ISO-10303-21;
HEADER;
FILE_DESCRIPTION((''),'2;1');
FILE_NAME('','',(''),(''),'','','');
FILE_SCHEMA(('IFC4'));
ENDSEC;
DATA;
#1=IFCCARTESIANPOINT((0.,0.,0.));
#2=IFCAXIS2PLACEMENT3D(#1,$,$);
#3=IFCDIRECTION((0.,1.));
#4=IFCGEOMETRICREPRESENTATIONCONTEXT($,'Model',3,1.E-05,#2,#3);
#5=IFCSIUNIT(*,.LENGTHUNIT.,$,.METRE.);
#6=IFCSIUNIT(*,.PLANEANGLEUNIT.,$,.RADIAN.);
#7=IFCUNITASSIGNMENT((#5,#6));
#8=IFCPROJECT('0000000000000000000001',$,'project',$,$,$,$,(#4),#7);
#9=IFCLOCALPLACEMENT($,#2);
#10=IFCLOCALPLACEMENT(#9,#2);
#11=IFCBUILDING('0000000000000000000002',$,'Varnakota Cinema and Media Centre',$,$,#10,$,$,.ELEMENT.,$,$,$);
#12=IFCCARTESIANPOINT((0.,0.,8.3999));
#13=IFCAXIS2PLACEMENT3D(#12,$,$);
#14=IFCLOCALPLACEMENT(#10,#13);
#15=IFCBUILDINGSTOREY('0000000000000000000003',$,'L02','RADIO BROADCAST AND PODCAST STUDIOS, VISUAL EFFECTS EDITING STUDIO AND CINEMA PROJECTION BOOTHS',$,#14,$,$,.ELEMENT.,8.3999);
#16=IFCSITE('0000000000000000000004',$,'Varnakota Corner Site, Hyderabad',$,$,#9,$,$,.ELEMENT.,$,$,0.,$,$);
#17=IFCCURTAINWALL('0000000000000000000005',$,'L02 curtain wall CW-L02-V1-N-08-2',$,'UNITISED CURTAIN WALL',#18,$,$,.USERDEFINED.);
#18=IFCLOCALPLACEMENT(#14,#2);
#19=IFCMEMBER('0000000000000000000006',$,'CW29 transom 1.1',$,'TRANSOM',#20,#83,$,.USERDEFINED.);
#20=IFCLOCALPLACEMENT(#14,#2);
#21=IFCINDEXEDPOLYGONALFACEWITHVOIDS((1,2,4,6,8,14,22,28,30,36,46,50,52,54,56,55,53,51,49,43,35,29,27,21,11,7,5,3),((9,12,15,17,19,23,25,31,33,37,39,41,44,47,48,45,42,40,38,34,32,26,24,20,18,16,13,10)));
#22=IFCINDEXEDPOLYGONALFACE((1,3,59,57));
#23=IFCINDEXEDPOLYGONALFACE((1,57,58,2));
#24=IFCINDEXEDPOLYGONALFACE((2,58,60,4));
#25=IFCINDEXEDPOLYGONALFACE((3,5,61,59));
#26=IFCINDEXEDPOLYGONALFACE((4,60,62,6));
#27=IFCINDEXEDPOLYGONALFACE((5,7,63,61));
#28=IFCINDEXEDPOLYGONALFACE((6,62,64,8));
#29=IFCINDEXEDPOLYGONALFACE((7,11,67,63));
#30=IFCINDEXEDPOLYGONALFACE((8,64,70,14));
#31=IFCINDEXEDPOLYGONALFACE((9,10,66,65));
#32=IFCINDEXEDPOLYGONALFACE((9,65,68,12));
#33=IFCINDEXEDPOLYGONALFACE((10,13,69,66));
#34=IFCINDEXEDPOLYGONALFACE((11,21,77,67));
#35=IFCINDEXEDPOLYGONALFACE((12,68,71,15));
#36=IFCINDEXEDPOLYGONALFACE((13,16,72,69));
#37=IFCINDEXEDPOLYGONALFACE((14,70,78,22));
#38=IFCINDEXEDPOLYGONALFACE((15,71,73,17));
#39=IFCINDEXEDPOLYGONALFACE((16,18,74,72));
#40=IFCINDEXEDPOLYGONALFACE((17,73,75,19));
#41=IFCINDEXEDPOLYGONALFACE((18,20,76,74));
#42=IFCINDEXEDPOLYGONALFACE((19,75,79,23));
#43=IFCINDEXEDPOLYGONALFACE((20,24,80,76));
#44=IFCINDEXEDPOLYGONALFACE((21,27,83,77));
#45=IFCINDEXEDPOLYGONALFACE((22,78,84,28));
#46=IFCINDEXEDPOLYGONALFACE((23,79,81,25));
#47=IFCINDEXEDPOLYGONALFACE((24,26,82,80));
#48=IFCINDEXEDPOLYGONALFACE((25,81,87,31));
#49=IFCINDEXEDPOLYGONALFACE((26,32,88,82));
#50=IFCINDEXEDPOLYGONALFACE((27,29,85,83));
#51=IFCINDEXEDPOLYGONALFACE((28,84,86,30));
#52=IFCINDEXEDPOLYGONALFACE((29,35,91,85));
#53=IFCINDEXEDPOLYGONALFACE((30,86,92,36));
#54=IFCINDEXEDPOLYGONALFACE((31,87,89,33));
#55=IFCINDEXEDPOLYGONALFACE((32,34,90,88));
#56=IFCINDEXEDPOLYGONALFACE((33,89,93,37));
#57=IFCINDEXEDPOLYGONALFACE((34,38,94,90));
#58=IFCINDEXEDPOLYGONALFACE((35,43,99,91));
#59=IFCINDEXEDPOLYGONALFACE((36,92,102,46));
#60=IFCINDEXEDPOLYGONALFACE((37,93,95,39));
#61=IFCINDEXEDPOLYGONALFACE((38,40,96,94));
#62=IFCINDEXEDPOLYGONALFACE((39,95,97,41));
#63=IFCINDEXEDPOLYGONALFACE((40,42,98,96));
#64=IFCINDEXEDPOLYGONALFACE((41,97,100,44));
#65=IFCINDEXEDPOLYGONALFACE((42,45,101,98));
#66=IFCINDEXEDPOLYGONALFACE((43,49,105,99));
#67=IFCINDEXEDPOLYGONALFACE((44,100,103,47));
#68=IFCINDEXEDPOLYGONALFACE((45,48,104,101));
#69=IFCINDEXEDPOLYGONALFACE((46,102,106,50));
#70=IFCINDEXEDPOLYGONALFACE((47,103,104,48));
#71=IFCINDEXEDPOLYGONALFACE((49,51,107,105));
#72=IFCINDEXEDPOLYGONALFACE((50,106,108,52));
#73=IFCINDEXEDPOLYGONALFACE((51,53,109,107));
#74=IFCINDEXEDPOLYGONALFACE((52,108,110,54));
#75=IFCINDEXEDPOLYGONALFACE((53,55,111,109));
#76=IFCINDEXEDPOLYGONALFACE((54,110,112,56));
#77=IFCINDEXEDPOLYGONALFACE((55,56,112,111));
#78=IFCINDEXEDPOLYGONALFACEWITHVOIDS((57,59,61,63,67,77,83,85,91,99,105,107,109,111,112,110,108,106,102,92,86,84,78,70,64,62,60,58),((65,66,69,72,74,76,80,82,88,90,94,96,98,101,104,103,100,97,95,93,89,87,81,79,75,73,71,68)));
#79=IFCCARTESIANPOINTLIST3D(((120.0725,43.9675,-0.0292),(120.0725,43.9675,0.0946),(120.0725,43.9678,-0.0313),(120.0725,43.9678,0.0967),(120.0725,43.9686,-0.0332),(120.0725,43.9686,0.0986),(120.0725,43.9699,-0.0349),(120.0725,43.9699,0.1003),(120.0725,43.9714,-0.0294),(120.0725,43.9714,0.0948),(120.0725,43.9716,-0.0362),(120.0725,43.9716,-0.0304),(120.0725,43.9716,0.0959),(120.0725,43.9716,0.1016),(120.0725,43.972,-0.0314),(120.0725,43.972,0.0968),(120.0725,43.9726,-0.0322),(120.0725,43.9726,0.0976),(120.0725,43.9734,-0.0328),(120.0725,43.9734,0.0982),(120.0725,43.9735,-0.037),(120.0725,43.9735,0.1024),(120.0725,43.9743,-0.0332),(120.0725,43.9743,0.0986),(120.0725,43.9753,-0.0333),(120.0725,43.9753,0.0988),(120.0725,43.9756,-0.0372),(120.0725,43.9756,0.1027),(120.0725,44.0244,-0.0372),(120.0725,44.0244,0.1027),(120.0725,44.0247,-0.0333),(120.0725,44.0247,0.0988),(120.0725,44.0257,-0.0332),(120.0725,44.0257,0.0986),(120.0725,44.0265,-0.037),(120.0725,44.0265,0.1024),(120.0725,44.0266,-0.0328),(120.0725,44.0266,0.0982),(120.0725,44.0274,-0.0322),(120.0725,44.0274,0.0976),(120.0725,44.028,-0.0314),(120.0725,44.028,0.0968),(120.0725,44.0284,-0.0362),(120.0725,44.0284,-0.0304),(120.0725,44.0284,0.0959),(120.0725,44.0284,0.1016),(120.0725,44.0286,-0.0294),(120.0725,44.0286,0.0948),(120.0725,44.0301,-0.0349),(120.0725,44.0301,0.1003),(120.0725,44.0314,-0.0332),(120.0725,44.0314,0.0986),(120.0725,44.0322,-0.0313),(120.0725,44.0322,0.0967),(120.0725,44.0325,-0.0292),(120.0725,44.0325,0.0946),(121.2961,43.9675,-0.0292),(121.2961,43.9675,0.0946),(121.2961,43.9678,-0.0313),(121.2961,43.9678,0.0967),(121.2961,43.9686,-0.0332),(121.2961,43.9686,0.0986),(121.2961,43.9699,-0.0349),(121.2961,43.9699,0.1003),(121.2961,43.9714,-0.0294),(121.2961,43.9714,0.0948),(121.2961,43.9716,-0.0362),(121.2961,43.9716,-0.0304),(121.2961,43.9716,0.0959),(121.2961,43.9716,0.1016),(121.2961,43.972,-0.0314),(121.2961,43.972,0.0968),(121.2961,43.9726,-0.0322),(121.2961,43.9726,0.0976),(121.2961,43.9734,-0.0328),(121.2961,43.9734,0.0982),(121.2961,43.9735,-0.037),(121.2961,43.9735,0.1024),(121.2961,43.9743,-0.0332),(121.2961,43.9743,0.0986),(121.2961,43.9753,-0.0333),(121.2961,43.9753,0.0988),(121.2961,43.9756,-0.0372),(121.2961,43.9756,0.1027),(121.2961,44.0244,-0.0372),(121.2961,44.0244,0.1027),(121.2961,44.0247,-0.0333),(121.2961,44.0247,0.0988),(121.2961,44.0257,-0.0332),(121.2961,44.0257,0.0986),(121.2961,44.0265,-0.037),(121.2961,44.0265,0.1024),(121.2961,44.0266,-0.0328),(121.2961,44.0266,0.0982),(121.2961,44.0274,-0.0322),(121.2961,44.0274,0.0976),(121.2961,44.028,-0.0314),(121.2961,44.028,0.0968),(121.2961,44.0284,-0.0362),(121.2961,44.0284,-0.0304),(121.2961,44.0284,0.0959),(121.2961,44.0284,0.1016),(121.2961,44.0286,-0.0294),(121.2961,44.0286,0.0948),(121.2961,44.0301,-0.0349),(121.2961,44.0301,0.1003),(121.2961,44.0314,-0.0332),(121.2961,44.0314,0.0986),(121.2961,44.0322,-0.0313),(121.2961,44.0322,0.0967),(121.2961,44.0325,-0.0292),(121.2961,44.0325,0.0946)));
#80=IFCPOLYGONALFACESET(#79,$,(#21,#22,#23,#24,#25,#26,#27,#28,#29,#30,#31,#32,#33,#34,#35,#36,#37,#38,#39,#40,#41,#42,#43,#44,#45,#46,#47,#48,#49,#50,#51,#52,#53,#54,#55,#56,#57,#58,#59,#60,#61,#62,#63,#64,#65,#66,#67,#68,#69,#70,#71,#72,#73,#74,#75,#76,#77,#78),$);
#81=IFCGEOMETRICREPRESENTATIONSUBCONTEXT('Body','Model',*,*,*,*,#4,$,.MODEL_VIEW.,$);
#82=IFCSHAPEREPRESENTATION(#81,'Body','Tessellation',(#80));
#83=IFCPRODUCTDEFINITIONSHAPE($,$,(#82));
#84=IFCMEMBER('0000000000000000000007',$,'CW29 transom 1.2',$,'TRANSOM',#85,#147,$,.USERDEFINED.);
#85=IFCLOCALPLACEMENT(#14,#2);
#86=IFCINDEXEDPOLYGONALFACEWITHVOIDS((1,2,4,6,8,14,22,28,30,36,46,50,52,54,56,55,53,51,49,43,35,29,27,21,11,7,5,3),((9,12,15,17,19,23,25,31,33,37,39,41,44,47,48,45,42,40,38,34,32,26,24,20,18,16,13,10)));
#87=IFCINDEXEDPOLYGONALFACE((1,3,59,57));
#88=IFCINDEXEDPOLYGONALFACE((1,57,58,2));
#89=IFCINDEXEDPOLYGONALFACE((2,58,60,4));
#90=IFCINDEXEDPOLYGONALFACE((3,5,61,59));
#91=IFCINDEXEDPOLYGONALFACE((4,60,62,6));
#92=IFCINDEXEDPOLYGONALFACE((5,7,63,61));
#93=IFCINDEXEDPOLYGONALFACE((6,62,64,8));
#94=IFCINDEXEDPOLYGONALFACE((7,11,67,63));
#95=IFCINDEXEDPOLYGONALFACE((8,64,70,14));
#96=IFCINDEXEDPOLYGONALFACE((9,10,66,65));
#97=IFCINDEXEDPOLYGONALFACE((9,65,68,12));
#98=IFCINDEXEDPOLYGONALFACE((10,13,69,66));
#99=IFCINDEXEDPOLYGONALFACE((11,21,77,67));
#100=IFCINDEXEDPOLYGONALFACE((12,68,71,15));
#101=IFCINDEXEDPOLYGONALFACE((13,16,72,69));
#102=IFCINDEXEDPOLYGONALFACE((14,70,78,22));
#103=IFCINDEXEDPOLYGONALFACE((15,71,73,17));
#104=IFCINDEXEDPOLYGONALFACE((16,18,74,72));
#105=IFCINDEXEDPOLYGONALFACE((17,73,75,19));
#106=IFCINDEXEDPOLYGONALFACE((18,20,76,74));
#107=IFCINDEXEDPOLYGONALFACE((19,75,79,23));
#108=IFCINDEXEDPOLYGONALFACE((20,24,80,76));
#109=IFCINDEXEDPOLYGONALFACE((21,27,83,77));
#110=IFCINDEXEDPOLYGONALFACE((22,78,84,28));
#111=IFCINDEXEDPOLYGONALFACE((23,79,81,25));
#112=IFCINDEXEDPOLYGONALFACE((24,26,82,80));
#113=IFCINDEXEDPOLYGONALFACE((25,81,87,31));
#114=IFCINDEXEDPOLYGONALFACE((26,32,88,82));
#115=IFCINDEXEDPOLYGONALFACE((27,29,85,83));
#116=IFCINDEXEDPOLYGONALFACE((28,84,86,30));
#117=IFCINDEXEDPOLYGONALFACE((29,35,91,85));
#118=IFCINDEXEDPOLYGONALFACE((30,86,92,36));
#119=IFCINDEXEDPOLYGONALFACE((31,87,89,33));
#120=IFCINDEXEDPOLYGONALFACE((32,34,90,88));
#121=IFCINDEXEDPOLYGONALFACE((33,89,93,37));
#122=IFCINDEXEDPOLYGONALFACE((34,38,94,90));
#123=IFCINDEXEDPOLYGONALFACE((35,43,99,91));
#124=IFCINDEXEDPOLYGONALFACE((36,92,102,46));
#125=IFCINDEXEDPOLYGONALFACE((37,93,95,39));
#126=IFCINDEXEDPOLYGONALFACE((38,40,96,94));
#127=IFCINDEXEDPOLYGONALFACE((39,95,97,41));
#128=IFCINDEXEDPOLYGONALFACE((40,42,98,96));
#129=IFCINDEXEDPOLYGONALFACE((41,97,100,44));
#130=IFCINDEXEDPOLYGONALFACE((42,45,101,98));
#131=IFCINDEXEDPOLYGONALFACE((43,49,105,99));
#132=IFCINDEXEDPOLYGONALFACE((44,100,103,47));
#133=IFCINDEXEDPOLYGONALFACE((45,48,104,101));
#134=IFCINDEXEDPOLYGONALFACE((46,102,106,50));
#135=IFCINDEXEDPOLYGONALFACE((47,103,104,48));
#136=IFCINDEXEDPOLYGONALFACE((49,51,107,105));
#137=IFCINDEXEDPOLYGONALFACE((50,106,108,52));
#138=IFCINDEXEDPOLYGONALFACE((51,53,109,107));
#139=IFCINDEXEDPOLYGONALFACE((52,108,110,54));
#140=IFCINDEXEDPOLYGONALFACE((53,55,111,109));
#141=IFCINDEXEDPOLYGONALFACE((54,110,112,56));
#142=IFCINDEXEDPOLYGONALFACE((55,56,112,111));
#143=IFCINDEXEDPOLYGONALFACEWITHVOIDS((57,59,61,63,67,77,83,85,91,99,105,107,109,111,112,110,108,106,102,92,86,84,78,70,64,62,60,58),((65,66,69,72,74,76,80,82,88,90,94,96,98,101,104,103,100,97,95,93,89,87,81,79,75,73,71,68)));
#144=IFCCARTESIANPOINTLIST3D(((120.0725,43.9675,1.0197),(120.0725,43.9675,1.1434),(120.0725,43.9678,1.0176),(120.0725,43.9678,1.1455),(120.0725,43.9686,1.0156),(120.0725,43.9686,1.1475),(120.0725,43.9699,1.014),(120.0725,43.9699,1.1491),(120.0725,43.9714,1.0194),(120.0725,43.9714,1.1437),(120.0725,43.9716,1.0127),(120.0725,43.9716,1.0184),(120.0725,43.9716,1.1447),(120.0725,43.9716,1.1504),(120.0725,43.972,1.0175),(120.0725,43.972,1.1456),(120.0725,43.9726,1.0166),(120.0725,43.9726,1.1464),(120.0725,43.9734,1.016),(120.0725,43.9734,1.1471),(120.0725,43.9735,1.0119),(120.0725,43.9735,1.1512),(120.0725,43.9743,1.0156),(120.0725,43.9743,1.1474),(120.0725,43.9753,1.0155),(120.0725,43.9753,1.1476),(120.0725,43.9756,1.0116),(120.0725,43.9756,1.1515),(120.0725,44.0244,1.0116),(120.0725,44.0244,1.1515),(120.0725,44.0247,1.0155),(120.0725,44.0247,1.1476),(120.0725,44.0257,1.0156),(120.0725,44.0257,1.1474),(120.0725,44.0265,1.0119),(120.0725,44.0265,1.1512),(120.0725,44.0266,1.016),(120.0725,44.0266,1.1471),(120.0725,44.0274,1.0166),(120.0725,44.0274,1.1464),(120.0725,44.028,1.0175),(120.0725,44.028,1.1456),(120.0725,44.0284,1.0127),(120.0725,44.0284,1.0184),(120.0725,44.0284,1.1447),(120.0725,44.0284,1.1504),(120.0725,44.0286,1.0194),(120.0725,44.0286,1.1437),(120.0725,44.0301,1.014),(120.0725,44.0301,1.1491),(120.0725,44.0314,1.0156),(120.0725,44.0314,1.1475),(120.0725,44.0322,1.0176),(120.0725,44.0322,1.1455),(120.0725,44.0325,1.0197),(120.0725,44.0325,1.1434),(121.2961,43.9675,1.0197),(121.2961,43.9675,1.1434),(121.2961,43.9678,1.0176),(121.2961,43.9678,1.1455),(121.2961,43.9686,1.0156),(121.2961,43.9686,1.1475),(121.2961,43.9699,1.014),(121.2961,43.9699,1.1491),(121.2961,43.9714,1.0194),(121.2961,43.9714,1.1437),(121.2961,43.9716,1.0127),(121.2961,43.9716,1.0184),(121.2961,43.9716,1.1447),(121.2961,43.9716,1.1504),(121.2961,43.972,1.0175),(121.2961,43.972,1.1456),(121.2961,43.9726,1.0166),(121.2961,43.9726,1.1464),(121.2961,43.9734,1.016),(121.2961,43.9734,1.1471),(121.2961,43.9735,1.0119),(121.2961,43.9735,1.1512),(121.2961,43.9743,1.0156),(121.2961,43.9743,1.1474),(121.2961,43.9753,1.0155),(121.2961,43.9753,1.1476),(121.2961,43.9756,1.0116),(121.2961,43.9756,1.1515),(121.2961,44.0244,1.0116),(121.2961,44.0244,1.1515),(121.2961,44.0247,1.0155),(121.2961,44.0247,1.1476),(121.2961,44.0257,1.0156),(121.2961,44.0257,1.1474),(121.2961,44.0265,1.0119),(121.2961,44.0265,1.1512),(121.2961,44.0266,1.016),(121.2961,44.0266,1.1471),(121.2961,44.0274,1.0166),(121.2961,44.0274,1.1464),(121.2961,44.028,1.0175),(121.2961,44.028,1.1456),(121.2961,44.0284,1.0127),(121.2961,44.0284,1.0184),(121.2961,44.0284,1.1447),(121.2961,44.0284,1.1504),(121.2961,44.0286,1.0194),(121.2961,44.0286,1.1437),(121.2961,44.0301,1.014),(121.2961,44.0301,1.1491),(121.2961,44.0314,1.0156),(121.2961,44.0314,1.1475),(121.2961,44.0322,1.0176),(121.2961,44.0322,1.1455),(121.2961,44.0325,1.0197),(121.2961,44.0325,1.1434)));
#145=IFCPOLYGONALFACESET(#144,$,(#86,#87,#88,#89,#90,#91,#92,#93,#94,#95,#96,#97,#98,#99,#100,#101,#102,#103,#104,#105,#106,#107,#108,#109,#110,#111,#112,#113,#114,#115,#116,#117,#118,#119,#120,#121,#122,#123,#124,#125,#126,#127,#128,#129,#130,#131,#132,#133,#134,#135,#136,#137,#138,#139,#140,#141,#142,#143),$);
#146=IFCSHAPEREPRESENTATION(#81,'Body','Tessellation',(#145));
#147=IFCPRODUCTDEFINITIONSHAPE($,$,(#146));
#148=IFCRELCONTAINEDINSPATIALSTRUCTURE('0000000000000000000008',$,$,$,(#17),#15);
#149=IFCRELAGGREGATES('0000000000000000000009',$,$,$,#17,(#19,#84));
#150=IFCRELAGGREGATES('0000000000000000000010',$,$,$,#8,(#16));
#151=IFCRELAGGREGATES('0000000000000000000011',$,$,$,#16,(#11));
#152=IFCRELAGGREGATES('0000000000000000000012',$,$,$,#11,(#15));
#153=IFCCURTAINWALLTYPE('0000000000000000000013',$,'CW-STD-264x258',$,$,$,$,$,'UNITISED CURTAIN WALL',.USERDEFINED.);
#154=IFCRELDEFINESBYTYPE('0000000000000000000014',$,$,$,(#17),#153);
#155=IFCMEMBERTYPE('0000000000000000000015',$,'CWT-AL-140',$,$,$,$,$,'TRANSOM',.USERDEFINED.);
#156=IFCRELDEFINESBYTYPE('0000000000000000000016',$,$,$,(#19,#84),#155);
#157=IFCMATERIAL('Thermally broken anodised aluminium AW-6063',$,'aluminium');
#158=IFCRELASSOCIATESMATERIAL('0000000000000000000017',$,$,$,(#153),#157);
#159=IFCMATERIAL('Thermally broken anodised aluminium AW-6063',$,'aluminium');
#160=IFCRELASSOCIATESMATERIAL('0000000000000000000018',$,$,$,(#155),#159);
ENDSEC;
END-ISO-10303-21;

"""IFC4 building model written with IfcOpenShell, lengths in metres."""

from ifc_helpers import new_model, si_unit, direction, frame, origin, origin_2d, place, context, subcontext, project, spatial, hollow_rectangle, extrude, material, material_profile, profile_set, type_object, element, aggregate, save


model = new_model("IFC4")

# Units and contexts
model_context = context("Model", 3, precision=1e-05, world=origin(), true_north=direction((0.0, 1.0)))
body_context = subcontext(model_context, "Body", "Model", "MODEL_VIEW")
ifc_project = project(units=[si_unit("LENGTHUNIT", "METRE"), si_unit("PLANEANGLEUNIT", "RADIAN")], contexts=[model_context])

# Site, building, storey
site_placement = place(None, origin())
site = spatial("IfcSite", under=ifc_project, at=site_placement, Name="Varnakota Corner Site, Hyderabad", CompositionType="ELEMENT", RefElevation=0.0)
building_placement = place(site_placement, origin())
building = spatial("IfcBuilding", under=site, at=building_placement, Name="Varnakota Cinema and Media Centre", CompositionType="ELEMENT")
storey_placement = place(building_placement, frame((0.0, 0.0, 8.3999)))
storey = spatial("IfcBuildingStorey", under=building, at=storey_placement, Name="L02", Description="RADIO BROADCAST AND PODCAST STUDIOS, VISUAL EFFECTS EDITING STUDIO AND CINEMA PROJECTION BOOTHS", CompositionType="ELEMENT", Elevation=8.3999)

# Curtain wall
ifc_material_1 = material(Name="Thermally broken anodised aluminium AW-6063", Category="aluminium")
curtain_wall_type = type_object("IfcCurtainWallType", Name="CW-STD-264x258", ElementType="UNITISED CURTAIN WALL", PredefinedType="USERDEFINED", material=ifc_material_1)
curtain_wall_1_placement = place(storey_placement, origin())
curtain_wall_1 = element("IfcCurtainWall", 1, at=curtain_wall_1_placement, inside=storey, type_object=curtain_wall_type, Name="L02 curtain wall CW-L02-V1-N-08-2", ObjectType="UNITISED CURTAIN WALL", PredefinedType="USERDEFINED")

# Members
ifc_material_2 = material(Name="Thermally broken anodised aluminium AW-6063", Category="aluminium")
ifc_material_profile_1 = material_profile(ifc_material_2, hollow_rectangle(XDim=0.0649, YDim=0.1399, WallThickness=0.0039, InnerFilletRadius=0.0039, OuterFilletRadius=0.0081, at=origin_2d()), Name="AL-TRANSOM 140x65x4")
ifc_profile_set_1 = profile_set([ifc_material_profile_1], Name="Thermally broken anodised aluminium AW-6063")
member_type_1 = type_object("IfcMemberType", Name="CWT-AL-140", ElementType="TRANSOM", PredefinedType="USERDEFINED", material=ifc_profile_set_1)
member_1_placement = place(storey_placement, frame((120.0725, 44.0, 0.0327), z_axis=(1.0, 0.0, 0.0), x_axis=(0.0, 1.0, 0.0)))
member_1 = element("IfcMember", 2, at=member_1_placement, type_object=member_type_1, Name="CW29 transom 1.1", ObjectType="TRANSOM", PredefinedType="USERDEFINED", context=body_context, shape_type="SweptSolid", body=[
    extrude(hollow_rectangle(XDim=0.0649, YDim=0.1399, WallThickness=0.0039, InnerFilletRadius=0.0039, OuterFilletRadius=0.0081, at=origin_2d()), origin(), (0.0, 0.0, 1.0), 1.2236),
])
member_2_placement = place(storey_placement, frame((120.0725, 44.0, 1.0815), z_axis=(1.0, 0.0, 0.0), x_axis=(0.0, 1.0, 0.0)))
member_2 = element("IfcMember", 3, at=member_2_placement, type_object=member_type_1, Name="CW29 transom 1.2", ObjectType="TRANSOM", PredefinedType="USERDEFINED", context=body_context, shape_type="SweptSolid", body=[
    extrude(hollow_rectangle(XDim=0.0649, YDim=0.1399, WallThickness=0.0039, InnerFilletRadius=0.0039, OuterFilletRadius=0.0081, at=origin_2d()), origin(), (0.0, 0.0, 1.0), 1.2236),
])

aggregate(curtain_wall_1, [member_1, member_2])

save(model, "model.ifc")
